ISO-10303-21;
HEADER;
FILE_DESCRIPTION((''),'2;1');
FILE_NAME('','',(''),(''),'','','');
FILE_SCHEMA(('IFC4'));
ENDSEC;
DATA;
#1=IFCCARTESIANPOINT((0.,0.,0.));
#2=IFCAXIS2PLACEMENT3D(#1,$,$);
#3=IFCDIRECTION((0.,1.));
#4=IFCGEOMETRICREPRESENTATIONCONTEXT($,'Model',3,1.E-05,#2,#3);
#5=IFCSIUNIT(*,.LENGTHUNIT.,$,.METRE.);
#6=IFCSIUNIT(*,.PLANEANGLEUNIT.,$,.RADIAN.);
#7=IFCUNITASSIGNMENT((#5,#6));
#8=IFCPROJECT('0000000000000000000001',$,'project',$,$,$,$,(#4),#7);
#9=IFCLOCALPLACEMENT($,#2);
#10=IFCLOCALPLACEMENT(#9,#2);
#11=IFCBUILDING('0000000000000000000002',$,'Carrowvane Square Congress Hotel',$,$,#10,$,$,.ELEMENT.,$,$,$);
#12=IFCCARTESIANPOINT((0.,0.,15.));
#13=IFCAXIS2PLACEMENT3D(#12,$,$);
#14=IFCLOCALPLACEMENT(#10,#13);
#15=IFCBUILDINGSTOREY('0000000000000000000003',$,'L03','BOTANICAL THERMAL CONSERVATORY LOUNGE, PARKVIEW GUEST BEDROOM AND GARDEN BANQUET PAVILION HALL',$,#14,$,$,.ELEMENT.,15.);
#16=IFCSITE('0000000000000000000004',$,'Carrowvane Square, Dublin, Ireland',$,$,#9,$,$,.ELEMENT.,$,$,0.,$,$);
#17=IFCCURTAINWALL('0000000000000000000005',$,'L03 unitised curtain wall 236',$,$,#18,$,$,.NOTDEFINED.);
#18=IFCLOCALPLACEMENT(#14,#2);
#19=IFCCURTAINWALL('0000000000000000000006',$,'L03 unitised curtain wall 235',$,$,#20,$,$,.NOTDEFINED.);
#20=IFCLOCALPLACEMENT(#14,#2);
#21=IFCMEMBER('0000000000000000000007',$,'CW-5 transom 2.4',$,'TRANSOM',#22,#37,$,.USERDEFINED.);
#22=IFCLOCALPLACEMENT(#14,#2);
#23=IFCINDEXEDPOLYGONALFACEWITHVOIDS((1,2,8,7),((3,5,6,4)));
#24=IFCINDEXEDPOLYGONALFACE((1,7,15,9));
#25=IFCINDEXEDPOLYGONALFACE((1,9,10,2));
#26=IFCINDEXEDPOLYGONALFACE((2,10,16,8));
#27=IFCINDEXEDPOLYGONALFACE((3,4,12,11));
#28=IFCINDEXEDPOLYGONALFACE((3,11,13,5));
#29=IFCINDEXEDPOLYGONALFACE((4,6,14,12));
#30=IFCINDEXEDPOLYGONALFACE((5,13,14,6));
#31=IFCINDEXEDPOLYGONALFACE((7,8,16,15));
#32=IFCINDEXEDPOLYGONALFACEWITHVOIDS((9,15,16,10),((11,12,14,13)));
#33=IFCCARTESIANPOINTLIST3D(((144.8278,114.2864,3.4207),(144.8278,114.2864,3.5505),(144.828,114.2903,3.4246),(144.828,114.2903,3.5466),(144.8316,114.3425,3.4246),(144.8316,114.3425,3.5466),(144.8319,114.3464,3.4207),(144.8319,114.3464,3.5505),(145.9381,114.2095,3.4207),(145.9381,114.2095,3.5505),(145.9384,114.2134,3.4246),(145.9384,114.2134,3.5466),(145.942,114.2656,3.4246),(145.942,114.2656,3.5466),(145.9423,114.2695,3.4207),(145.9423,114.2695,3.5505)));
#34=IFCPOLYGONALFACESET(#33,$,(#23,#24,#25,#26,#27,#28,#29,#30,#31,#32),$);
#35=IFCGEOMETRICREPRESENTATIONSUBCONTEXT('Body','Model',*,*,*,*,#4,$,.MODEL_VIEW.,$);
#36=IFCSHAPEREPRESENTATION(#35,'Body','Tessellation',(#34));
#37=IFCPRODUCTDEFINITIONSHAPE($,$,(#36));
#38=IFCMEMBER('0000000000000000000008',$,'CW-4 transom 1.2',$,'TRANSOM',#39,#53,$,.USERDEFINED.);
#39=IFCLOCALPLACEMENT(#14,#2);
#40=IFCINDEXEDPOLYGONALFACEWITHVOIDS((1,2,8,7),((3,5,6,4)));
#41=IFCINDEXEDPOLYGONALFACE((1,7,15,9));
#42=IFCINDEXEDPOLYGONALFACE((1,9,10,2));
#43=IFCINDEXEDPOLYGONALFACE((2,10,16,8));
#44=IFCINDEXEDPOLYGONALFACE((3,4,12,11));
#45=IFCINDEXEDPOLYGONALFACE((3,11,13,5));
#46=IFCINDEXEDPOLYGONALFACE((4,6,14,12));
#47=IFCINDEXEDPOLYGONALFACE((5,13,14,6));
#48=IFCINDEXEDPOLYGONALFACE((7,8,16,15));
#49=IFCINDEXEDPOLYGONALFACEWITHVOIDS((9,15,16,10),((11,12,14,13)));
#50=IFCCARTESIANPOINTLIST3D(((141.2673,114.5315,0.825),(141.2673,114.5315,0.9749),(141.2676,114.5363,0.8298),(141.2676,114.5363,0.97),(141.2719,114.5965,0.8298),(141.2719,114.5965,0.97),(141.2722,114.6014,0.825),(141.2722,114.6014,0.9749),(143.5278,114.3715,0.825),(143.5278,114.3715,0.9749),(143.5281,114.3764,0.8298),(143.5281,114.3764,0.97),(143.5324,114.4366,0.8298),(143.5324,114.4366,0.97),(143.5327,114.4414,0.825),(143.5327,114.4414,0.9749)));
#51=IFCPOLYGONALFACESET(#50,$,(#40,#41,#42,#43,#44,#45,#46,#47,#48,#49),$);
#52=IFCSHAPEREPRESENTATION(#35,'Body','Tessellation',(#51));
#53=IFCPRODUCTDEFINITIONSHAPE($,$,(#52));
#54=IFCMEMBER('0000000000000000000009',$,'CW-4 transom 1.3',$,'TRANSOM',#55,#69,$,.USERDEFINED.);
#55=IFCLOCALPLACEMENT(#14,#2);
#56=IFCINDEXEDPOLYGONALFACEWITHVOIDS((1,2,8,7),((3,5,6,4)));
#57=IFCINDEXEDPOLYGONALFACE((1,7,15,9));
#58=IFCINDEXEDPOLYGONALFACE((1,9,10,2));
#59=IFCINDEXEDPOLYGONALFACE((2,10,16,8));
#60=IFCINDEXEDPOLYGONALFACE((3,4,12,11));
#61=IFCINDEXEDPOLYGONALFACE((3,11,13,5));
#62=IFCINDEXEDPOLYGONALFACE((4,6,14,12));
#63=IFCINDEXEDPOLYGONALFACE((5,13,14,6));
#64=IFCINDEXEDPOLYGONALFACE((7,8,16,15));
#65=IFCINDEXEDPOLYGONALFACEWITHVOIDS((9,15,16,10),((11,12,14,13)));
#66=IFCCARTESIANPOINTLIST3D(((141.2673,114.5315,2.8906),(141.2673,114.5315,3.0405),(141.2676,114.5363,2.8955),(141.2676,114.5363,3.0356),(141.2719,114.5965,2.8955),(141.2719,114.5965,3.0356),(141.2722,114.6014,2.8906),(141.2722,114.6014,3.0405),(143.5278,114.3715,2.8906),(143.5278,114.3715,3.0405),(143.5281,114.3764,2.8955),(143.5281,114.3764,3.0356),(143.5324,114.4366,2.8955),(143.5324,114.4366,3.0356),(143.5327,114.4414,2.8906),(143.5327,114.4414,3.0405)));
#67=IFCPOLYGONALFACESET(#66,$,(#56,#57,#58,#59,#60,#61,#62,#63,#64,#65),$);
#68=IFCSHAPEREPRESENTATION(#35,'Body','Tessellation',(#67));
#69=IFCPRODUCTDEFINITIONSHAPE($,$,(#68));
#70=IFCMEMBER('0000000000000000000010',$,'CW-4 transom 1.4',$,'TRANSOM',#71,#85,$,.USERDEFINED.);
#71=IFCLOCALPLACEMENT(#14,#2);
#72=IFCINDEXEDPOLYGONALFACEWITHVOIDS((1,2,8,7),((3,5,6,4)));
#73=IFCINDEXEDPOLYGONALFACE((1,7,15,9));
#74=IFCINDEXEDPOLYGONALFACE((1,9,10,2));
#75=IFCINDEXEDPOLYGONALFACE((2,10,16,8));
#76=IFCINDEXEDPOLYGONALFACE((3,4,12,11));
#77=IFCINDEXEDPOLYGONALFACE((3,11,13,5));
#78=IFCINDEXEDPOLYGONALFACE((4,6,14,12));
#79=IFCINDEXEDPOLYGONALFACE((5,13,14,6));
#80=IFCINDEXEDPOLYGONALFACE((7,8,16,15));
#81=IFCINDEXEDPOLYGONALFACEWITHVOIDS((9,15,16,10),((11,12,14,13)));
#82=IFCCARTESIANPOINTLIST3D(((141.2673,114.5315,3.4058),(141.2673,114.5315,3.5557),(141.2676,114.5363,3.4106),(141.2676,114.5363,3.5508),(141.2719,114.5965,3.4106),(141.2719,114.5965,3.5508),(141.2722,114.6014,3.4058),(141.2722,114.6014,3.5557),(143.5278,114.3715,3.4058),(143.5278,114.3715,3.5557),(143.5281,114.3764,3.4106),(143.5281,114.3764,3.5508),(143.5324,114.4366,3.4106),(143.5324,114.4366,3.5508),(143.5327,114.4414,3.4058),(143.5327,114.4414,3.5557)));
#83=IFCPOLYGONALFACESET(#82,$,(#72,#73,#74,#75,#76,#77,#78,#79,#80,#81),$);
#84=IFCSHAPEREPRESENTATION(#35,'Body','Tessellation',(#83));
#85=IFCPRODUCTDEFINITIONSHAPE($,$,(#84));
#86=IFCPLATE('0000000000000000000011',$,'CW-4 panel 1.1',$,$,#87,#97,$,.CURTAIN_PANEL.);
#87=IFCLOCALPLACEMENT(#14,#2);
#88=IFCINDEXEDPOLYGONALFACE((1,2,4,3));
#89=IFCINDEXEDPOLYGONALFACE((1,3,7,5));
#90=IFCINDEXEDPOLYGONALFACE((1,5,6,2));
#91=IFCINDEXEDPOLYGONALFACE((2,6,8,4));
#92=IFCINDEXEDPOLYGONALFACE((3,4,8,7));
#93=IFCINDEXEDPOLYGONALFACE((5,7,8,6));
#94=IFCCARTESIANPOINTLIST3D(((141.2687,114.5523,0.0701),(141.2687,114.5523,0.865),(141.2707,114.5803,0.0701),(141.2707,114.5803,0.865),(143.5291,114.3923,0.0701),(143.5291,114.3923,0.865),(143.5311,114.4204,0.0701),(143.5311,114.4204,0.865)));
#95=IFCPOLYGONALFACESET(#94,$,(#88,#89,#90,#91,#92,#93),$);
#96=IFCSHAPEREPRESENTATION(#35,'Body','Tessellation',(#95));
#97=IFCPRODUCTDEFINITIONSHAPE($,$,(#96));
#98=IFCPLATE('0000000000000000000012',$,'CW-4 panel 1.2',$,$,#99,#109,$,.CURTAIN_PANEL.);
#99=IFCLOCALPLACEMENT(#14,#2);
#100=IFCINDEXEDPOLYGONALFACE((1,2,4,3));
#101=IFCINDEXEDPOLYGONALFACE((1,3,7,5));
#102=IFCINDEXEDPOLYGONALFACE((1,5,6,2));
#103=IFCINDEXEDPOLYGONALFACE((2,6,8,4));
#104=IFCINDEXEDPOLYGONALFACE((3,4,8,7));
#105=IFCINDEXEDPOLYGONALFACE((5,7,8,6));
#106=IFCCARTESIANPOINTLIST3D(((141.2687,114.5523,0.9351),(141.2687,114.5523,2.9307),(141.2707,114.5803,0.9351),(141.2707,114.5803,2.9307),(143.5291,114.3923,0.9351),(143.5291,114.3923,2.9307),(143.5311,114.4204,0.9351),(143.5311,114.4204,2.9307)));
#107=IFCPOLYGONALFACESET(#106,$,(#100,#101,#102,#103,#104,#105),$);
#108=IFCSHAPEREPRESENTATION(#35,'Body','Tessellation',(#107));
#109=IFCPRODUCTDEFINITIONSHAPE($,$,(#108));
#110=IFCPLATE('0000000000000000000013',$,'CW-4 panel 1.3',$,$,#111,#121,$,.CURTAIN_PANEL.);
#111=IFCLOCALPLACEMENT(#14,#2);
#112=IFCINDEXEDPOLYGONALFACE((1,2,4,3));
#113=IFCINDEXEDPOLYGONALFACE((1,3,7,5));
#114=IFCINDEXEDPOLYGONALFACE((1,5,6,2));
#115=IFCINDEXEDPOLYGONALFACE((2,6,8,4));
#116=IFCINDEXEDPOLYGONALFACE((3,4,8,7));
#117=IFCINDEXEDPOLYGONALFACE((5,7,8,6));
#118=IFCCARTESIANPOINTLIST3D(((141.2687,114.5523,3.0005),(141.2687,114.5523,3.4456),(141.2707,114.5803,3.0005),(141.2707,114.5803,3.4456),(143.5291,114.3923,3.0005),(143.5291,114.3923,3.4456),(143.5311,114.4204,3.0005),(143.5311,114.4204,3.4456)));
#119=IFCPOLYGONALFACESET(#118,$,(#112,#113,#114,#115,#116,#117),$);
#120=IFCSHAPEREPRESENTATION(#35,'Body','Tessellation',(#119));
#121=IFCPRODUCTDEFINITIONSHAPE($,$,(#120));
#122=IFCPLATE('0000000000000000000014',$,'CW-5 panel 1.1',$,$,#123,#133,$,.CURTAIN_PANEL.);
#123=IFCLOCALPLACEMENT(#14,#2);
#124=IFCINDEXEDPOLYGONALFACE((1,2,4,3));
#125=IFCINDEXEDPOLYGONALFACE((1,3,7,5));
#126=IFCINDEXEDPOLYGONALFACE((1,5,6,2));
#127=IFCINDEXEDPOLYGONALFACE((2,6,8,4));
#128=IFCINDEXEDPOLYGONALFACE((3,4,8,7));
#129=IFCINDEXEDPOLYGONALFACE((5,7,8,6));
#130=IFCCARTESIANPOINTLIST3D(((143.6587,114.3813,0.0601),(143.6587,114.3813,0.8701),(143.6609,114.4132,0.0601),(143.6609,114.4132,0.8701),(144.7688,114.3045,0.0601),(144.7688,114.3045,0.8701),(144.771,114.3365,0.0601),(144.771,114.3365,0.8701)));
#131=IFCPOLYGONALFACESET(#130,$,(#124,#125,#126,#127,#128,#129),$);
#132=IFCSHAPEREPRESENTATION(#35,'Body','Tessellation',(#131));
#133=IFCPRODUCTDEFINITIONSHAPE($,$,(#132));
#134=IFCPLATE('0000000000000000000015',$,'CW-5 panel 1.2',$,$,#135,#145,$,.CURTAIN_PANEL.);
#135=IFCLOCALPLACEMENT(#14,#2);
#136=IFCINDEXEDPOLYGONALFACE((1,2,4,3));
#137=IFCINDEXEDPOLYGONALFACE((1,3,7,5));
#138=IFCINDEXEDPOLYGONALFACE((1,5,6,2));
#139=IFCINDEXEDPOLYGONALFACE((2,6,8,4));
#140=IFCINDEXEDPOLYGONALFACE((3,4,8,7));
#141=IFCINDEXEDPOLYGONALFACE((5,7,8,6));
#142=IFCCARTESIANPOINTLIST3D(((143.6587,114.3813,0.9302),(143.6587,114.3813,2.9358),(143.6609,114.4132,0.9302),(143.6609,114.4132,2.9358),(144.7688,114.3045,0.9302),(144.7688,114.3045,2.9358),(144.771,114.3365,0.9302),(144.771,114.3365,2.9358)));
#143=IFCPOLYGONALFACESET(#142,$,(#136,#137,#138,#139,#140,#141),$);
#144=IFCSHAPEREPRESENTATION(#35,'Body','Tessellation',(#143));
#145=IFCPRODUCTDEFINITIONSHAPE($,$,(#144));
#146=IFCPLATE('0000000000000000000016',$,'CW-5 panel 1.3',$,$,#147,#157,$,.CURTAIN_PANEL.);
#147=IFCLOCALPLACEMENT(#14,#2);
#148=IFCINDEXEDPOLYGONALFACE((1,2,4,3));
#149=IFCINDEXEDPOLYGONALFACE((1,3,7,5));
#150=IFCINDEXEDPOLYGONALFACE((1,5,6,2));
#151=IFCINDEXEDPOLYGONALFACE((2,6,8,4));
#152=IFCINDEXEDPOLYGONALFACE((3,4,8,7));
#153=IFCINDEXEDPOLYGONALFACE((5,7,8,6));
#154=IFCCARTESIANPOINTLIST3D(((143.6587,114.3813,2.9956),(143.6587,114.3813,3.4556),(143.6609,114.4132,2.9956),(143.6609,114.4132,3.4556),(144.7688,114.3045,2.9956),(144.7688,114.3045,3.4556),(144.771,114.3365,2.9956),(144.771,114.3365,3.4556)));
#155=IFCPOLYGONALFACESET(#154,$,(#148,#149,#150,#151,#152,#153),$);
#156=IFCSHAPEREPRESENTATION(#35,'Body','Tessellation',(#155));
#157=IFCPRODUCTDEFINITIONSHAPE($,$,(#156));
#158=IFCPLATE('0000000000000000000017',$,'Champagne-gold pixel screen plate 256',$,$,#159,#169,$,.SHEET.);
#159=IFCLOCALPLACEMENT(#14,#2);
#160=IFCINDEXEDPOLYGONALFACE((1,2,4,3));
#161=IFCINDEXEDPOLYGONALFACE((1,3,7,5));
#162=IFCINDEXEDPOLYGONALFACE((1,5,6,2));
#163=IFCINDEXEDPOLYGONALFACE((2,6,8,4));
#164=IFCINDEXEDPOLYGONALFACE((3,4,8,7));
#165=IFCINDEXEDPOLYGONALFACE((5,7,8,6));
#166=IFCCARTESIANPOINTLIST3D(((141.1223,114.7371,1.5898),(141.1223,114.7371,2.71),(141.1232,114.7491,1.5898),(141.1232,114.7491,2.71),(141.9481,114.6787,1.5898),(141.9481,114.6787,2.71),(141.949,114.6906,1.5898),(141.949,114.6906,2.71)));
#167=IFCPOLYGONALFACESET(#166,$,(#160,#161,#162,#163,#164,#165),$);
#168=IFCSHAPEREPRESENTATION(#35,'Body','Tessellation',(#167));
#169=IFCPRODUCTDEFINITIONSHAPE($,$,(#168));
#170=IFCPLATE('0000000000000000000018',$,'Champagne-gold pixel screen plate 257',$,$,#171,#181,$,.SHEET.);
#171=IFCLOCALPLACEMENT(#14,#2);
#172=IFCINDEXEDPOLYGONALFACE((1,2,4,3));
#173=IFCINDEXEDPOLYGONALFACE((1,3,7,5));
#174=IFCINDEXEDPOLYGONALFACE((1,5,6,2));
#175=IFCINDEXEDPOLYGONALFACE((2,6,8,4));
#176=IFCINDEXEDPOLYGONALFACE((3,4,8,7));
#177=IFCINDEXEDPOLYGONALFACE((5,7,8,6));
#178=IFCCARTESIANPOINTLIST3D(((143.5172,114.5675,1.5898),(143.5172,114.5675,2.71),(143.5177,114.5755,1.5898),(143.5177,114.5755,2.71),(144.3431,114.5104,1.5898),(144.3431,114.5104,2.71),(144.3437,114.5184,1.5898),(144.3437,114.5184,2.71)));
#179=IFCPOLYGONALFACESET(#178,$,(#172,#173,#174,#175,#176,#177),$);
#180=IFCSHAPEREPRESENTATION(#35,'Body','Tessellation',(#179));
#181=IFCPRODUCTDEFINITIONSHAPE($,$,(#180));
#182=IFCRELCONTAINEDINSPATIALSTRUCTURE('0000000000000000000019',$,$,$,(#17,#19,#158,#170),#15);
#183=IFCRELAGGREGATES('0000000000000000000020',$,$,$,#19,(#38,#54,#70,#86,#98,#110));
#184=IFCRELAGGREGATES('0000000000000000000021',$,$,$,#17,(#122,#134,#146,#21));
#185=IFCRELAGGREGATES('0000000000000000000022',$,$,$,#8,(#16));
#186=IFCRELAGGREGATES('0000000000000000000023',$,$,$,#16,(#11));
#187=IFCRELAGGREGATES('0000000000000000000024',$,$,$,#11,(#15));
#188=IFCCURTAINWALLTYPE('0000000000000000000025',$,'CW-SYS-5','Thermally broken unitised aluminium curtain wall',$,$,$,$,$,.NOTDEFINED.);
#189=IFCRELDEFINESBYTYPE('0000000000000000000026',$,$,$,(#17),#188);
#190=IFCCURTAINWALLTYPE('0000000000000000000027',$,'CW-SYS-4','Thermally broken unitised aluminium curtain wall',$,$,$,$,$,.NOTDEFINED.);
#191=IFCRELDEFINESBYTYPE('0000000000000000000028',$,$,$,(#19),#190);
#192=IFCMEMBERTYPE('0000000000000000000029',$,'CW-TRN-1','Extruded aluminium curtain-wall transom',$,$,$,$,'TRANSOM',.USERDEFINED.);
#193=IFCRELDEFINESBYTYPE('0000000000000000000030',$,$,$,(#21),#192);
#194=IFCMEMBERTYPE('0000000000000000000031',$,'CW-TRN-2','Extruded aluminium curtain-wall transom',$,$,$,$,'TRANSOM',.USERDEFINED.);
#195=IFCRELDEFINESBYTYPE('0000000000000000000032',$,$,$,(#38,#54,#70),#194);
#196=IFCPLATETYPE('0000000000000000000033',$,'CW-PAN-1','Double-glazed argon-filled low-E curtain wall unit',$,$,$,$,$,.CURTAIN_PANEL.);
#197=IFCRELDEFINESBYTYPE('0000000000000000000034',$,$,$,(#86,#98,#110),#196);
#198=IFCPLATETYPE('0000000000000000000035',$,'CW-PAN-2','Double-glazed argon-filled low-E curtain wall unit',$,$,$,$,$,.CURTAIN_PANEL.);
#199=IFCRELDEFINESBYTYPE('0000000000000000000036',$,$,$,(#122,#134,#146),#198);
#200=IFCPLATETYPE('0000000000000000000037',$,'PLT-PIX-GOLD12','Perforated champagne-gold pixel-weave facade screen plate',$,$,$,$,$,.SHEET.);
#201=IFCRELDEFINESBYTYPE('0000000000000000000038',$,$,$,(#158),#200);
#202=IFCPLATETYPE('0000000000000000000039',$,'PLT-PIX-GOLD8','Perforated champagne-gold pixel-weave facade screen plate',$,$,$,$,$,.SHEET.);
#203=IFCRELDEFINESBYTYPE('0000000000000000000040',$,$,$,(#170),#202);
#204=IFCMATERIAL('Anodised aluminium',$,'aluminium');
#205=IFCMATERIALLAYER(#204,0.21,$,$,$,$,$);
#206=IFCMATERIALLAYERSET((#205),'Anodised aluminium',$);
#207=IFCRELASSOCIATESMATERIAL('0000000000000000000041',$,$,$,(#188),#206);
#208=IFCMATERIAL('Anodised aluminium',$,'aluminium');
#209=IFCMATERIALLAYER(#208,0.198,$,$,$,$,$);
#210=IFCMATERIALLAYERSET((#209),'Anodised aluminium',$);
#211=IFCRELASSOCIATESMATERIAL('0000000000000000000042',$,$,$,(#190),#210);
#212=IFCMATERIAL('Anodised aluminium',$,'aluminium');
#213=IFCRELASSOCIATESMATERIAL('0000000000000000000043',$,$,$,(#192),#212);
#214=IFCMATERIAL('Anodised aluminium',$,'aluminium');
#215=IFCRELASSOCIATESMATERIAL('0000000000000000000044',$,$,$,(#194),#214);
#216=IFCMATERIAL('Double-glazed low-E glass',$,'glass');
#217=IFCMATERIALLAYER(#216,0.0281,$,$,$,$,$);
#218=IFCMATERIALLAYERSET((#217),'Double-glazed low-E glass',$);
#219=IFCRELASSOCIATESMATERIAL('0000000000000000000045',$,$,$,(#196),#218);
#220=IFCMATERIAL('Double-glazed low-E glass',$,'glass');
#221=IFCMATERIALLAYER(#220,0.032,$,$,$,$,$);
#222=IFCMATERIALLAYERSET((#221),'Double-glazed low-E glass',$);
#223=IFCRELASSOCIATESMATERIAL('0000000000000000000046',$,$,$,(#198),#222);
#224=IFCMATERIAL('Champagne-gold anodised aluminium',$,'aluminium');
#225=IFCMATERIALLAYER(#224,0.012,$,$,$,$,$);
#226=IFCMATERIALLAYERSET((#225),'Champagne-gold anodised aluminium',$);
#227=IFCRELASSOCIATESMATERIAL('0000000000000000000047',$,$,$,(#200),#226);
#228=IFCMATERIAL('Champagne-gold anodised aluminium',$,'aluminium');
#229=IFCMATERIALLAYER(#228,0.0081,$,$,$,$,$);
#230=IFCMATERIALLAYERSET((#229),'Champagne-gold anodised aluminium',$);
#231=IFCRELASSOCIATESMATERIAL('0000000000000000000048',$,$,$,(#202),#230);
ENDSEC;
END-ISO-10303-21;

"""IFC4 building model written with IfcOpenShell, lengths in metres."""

from ifc_helpers import new_model, si_unit, direction, frame, origin, origin_2d, place, context, subcontext, project, spatial, rectangle, hollow_rectangle, extrude, material, layer, layer_set, material_profile, profile_set, type_object, element, aggregate, save


model = new_model("IFC4")

# Units and contexts
model_context = context("Model", 3, precision=1e-05, world=origin(), true_north=direction((0.0, 1.0)))
body_context = subcontext(model_context, "Body", "Model", "MODEL_VIEW")
ifc_project = project(units=[si_unit("LENGTHUNIT", "METRE"), si_unit("PLANEANGLEUNIT", "RADIAN")], contexts=[model_context])

# Site, building, storey
site_placement = place(None, origin())
site = spatial("IfcSite", under=ifc_project, at=site_placement, Name="Carrowvane Square, Dublin, Ireland", CompositionType="ELEMENT", RefElevation=0.0)
building_placement = place(site_placement, origin())
building = spatial("IfcBuilding", under=site, at=building_placement, Name="Carrowvane Square Congress Hotel", CompositionType="ELEMENT")
storey_placement = place(building_placement, frame((0.0, 0.0, 15.0)))
storey = spatial("IfcBuildingStorey", under=building, at=storey_placement, Name="L03", Description="BOTANICAL THERMAL CONSERVATORY LOUNGE, PARKVIEW GUEST BEDROOM AND GARDEN BANQUET PAVILION HALL", CompositionType="ELEMENT", Elevation=15.0)

# Curtain wall
ifc_material_1 = material(Name="Anodised aluminium", Category="aluminium")
ifc_layer_1 = layer(ifc_material_1, 0.21)
ifc_layer_set_1 = layer_set([ifc_layer_1], Name="Anodised aluminium")
curtain_wall_type_1 = type_object("IfcCurtainWallType", Name="CW-SYS-5", Description="Thermally broken unitised aluminium curtain wall", PredefinedType="NOTDEFINED", material=ifc_layer_set_1)
curtain_wall_1_placement = place(storey_placement, origin())
curtain_wall_1 = element("IfcCurtainWall", 1, at=curtain_wall_1_placement, inside=storey, type_object=curtain_wall_type_1, Name="L03 unitised curtain wall 236", PredefinedType="NOTDEFINED")

# Curtain wall
ifc_material_2 = material(Name="Anodised aluminium", Category="aluminium")
ifc_layer_2 = layer(ifc_material_2, 0.198)
ifc_layer_set_2 = layer_set([ifc_layer_2], Name="Anodised aluminium")
curtain_wall_type_2 = type_object("IfcCurtainWallType", Name="CW-SYS-4", Description="Thermally broken unitised aluminium curtain wall", PredefinedType="NOTDEFINED", material=ifc_layer_set_2)
curtain_wall_2_placement = place(storey_placement, origin())
curtain_wall_2 = element("IfcCurtainWall", 2, at=curtain_wall_2_placement, inside=storey, type_object=curtain_wall_type_2, Name="L03 unitised curtain wall 235", PredefinedType="NOTDEFINED")

# Members
ifc_material_3 = material(Name="Anodised aluminium", Category="aluminium")
ifc_material_profile_1 = material_profile(ifc_material_3, hollow_rectangle(XDim=0.0601, YDim=0.1299, WallThickness=0.0039, at=origin_2d()), Name="CW-TR 60x130x4")
ifc_profile_set_1 = profile_set([ifc_material_profile_1], Name="Anodised aluminium")
member_type_1 = type_object("IfcMemberType", Name="CW-TRN-1", Description="Extruded aluminium curtain-wall transom", ElementType="TRANSOM", PredefinedType="USERDEFINED", material=ifc_profile_set_1)
member_1_placement = place(storey_placement, frame((144.8298, 114.3164, 3.4856), z_axis=(0.99761, -0.069096, 0.0), x_axis=(0.069096, 0.99761, 0.0)))
member_1 = element("IfcMember", 3, at=member_1_placement, type_object=member_type_1, Name="CW-5 transom 2.4", ObjectType="TRANSOM", PredefinedType="USERDEFINED", context=body_context, shape_type="SweptSolid", body=[
    extrude(hollow_rectangle(XDim=0.0601, YDim=0.1299, WallThickness=0.0039, at=origin_2d()), origin(), (0.0, 0.0, 1.0), 1.113),
])
ifc_material_4 = material(Name="Anodised aluminium", Category="aluminium")
ifc_material_profile_2 = material_profile(ifc_material_4, hollow_rectangle(XDim=0.0701, YDim=0.1499, WallThickness=0.0049, at=origin_2d()), Name="CW-TR 70x150x5")
ifc_profile_set_2 = profile_set([ifc_material_profile_2], Name="Anodised aluminium")
member_type_2 = type_object("IfcMemberType", Name="CW-TRN-2", Description="Extruded aluminium curtain-wall transom", ElementType="TRANSOM", PredefinedType="USERDEFINED", material=ifc_profile_set_2)
member_2_placement = place(storey_placement, frame((141.2698, 114.5664, 0.8999), z_axis=(0.997507, -0.070566, 0.0), x_axis=(0.070566, 0.997507, 0.0)))
member_2 = element("IfcMember", 4, at=member_2_placement, type_object=member_type_2, Name="CW-4 transom 1.2", ObjectType="TRANSOM", PredefinedType="USERDEFINED", context=body_context, shape_type="SweptSolid", body=[
    extrude(hollow_rectangle(XDim=0.0701, YDim=0.1499, WallThickness=0.0049, at=origin_2d()), origin(), (0.0, 0.0, 1.0), 2.2661),
])
member_3_placement = place(storey_placement, frame((141.2698, 114.5664, 2.9656), z_axis=(0.997507, -0.070566, 0.0), x_axis=(0.070566, 0.997507, 0.0)))
member_3 = element("IfcMember", 5, at=member_3_placement, type_object=member_type_2, Name="CW-4 transom 1.3", ObjectType="TRANSOM", PredefinedType="USERDEFINED", context=body_context, shape_type="SweptSolid", body=[
    extrude(hollow_rectangle(XDim=0.0701, YDim=0.1499, WallThickness=0.0049, at=origin_2d()), origin(), (0.0, 0.0, 1.0), 2.2661),
])
member_4_placement = place(storey_placement, frame((141.2698, 114.5664, 3.4807), z_axis=(0.997507, -0.070566, 0.0), x_axis=(0.070566, 0.997507, 0.0)))
member_4 = element("IfcMember", 6, at=member_4_placement, type_object=member_type_2, Name="CW-4 transom 1.4", ObjectType="TRANSOM", PredefinedType="USERDEFINED", context=body_context, shape_type="SweptSolid", body=[
    extrude(hollow_rectangle(XDim=0.0701, YDim=0.1499, WallThickness=0.0049, at=origin_2d()), origin(), (0.0, 0.0, 1.0), 2.2661),
])

# Plates
ifc_material_5 = material(Name="Double-glazed low-E glass", Category="glass")
ifc_layer_3 = layer(ifc_material_5, 0.0281)
ifc_layer_set_3 = layer_set([ifc_layer_3], Name="Double-glazed low-E glass")
plate_type_1 = type_object("IfcPlateType", Name="CW-PAN-1", Description="Double-glazed argon-filled low-E curtain wall unit", PredefinedType="CURTAIN_PANEL", material=ifc_layer_set_3)
plate_1_placement = place(storey_placement, frame((142.3999, 114.4863, 0.0701), z_axis=(0.0, 0.0, 1.0), x_axis=(0.997506, -0.070586, 0.0)))
plate_1 = element("IfcPlate", 7, at=plate_1_placement, type_object=plate_type_1, Name="CW-4 panel 1.1", PredefinedType="CURTAIN_PANEL", context=body_context, shape_type="SweptSolid", body=[
    extrude(rectangle(XDim=2.2661, YDim=0.0281, at=origin_2d()), origin(), (0.0, 0.0, 1.0), 0.7949),
])
plate_2_placement = place(storey_placement, frame((142.3999, 114.4863, 0.9351), z_axis=(0.0, 0.0, 1.0), x_axis=(0.997506, -0.070586, 0.0)))
plate_2 = element("IfcPlate", 8, at=plate_2_placement, type_object=plate_type_1, Name="CW-4 panel 1.2", PredefinedType="CURTAIN_PANEL", context=body_context, shape_type="SweptSolid", body=[
    extrude(rectangle(XDim=2.2661, YDim=0.0281, at=origin_2d()), origin(), (0.0, 0.0, 1.0), 1.9956),
])
plate_3_placement = place(storey_placement, frame((142.3999, 114.4863, 3.0005), z_axis=(0.0, 0.0, 1.0), x_axis=(0.997506, -0.070586, 0.0)))
plate_3 = element("IfcPlate", 9, at=plate_3_placement, type_object=plate_type_1, Name="CW-4 panel 1.3", PredefinedType="CURTAIN_PANEL", context=body_context, shape_type="SweptSolid", body=[
    extrude(rectangle(XDim=2.2661, YDim=0.0281, at=origin_2d()), origin(), (0.0, 0.0, 1.0), 0.4451),
])
aggregate(curtain_wall_2, [member_2, member_3, member_4, plate_1, plate_2, plate_3])
ifc_material_6 = material(Name="Double-glazed low-E glass", Category="glass")
ifc_layer_4 = layer(ifc_material_6, 0.032)
ifc_layer_set_4 = layer_set([ifc_layer_4], Name="Double-glazed low-E glass")
plate_type_2 = type_object("IfcPlateType", Name="CW-PAN-2", Description="Double-glazed argon-filled low-E curtain wall unit", PredefinedType="CURTAIN_PANEL", material=ifc_layer_set_4)
plate_4_placement = place(storey_placement, frame((144.2148, 114.3589, 0.0601), z_axis=(0.0, 0.0, 1.0), x_axis=(0.997618, -0.068986, 0.0)))
plate_4 = element("IfcPlate", 10, at=plate_4_placement, type_object=plate_type_2, Name="CW-5 panel 1.1", PredefinedType="CURTAIN_PANEL", context=body_context, shape_type="SweptSolid", body=[
    extrude(rectangle(XDim=1.1128, YDim=0.032, at=origin_2d()), origin(), (0.0, 0.0, 1.0), 0.8101),
])
plate_5_placement = place(storey_placement, frame((144.2148, 114.3589, 0.9302), z_axis=(0.0, 0.0, 1.0), x_axis=(0.997618, -0.068986, 0.0)))
plate_5 = element("IfcPlate", 11, at=plate_5_placement, type_object=plate_type_2, Name="CW-5 panel 1.2", PredefinedType="CURTAIN_PANEL", context=body_context, shape_type="SweptSolid", body=[
    extrude(rectangle(XDim=1.1128, YDim=0.032, at=origin_2d()), origin(), (0.0, 0.0, 1.0), 2.0056),
])
plate_6_placement = place(storey_placement, frame((144.2148, 114.3589, 2.9956), z_axis=(0.0, 0.0, 1.0), x_axis=(0.997618, -0.068986, 0.0)))
plate_6 = element("IfcPlate", 12, at=plate_6_placement, type_object=plate_type_2, Name="CW-5 panel 1.3", PredefinedType="CURTAIN_PANEL", context=body_context, shape_type="SweptSolid", body=[
    extrude(rectangle(XDim=1.1128, YDim=0.032, at=origin_2d()), origin(), (0.0, 0.0, 1.0), 0.46),
])
aggregate(curtain_wall_1, [plate_4, plate_5, plate_6, member_1])

# Plates
ifc_material_7 = material(Name="Champagne-gold anodised aluminium", Category="aluminium")
ifc_layer_5 = layer(ifc_material_7, 0.012)
ifc_layer_set_5 = layer_set([ifc_layer_5], Name="Champagne-gold anodised aluminium")
plate_type_3 = type_object("IfcPlateType", Name="PLT-PIX-GOLD12", Description="Perforated champagne-gold pixel-weave facade screen plate", PredefinedType="SHEET", material=ifc_layer_set_5)
plate_7_placement = place(storey_placement, frame((141.5356, 114.7139, 1.5898), z_axis=(0.0, 0.0, 1.0), x_axis=(0.997506, -0.070585, 0.0)))
element("IfcPlate", 13, at=plate_7_placement, inside=storey, type_object=plate_type_3, Name="Champagne-gold pixel screen plate 256", PredefinedType="SHEET", context=body_context, shape_type="SweptSolid", body=[
    extrude(rectangle(XDim=0.8279, YDim=0.012, at=origin_2d()), origin(), (0.0, 0.0, 1.0), 1.1201),
])
ifc_material_8 = material(Name="Champagne-gold anodised aluminium", Category="aluminium")
ifc_layer_6 = layer(ifc_material_8, 0.0081)
ifc_layer_set_6 = layer_set([ifc_layer_6], Name="Champagne-gold anodised aluminium")
plate_type_4 = type_object("IfcPlateType", Name="PLT-PIX-GOLD8", Description="Perforated champagne-gold pixel-weave facade screen plate", PredefinedType="SHEET", material=ifc_layer_set_6)
for number, where, z_axis, x_axis, name in (
    (14, (143.9304, 114.543, 1.5898), (0.0, 0.0, 1.0), (0.997618, -0.068987, 0.0), "Champagne-gold pixel screen plate 257"),
):
    element("IfcPlate", number, at=place(storey_placement, frame(where, z_axis=z_axis, x_axis=x_axis)), inside=storey, type_object=plate_type_4, Name=name, PredefinedType="SHEET", context=body_context, shape_type="SweptSolid", body=[
        extrude(rectangle(XDim=0.8279, YDim=0.0081, at=origin_2d()), origin(), (0.0, 0.0, 1.0), 1.1201),
    ])

save(model, "model.ifc")
